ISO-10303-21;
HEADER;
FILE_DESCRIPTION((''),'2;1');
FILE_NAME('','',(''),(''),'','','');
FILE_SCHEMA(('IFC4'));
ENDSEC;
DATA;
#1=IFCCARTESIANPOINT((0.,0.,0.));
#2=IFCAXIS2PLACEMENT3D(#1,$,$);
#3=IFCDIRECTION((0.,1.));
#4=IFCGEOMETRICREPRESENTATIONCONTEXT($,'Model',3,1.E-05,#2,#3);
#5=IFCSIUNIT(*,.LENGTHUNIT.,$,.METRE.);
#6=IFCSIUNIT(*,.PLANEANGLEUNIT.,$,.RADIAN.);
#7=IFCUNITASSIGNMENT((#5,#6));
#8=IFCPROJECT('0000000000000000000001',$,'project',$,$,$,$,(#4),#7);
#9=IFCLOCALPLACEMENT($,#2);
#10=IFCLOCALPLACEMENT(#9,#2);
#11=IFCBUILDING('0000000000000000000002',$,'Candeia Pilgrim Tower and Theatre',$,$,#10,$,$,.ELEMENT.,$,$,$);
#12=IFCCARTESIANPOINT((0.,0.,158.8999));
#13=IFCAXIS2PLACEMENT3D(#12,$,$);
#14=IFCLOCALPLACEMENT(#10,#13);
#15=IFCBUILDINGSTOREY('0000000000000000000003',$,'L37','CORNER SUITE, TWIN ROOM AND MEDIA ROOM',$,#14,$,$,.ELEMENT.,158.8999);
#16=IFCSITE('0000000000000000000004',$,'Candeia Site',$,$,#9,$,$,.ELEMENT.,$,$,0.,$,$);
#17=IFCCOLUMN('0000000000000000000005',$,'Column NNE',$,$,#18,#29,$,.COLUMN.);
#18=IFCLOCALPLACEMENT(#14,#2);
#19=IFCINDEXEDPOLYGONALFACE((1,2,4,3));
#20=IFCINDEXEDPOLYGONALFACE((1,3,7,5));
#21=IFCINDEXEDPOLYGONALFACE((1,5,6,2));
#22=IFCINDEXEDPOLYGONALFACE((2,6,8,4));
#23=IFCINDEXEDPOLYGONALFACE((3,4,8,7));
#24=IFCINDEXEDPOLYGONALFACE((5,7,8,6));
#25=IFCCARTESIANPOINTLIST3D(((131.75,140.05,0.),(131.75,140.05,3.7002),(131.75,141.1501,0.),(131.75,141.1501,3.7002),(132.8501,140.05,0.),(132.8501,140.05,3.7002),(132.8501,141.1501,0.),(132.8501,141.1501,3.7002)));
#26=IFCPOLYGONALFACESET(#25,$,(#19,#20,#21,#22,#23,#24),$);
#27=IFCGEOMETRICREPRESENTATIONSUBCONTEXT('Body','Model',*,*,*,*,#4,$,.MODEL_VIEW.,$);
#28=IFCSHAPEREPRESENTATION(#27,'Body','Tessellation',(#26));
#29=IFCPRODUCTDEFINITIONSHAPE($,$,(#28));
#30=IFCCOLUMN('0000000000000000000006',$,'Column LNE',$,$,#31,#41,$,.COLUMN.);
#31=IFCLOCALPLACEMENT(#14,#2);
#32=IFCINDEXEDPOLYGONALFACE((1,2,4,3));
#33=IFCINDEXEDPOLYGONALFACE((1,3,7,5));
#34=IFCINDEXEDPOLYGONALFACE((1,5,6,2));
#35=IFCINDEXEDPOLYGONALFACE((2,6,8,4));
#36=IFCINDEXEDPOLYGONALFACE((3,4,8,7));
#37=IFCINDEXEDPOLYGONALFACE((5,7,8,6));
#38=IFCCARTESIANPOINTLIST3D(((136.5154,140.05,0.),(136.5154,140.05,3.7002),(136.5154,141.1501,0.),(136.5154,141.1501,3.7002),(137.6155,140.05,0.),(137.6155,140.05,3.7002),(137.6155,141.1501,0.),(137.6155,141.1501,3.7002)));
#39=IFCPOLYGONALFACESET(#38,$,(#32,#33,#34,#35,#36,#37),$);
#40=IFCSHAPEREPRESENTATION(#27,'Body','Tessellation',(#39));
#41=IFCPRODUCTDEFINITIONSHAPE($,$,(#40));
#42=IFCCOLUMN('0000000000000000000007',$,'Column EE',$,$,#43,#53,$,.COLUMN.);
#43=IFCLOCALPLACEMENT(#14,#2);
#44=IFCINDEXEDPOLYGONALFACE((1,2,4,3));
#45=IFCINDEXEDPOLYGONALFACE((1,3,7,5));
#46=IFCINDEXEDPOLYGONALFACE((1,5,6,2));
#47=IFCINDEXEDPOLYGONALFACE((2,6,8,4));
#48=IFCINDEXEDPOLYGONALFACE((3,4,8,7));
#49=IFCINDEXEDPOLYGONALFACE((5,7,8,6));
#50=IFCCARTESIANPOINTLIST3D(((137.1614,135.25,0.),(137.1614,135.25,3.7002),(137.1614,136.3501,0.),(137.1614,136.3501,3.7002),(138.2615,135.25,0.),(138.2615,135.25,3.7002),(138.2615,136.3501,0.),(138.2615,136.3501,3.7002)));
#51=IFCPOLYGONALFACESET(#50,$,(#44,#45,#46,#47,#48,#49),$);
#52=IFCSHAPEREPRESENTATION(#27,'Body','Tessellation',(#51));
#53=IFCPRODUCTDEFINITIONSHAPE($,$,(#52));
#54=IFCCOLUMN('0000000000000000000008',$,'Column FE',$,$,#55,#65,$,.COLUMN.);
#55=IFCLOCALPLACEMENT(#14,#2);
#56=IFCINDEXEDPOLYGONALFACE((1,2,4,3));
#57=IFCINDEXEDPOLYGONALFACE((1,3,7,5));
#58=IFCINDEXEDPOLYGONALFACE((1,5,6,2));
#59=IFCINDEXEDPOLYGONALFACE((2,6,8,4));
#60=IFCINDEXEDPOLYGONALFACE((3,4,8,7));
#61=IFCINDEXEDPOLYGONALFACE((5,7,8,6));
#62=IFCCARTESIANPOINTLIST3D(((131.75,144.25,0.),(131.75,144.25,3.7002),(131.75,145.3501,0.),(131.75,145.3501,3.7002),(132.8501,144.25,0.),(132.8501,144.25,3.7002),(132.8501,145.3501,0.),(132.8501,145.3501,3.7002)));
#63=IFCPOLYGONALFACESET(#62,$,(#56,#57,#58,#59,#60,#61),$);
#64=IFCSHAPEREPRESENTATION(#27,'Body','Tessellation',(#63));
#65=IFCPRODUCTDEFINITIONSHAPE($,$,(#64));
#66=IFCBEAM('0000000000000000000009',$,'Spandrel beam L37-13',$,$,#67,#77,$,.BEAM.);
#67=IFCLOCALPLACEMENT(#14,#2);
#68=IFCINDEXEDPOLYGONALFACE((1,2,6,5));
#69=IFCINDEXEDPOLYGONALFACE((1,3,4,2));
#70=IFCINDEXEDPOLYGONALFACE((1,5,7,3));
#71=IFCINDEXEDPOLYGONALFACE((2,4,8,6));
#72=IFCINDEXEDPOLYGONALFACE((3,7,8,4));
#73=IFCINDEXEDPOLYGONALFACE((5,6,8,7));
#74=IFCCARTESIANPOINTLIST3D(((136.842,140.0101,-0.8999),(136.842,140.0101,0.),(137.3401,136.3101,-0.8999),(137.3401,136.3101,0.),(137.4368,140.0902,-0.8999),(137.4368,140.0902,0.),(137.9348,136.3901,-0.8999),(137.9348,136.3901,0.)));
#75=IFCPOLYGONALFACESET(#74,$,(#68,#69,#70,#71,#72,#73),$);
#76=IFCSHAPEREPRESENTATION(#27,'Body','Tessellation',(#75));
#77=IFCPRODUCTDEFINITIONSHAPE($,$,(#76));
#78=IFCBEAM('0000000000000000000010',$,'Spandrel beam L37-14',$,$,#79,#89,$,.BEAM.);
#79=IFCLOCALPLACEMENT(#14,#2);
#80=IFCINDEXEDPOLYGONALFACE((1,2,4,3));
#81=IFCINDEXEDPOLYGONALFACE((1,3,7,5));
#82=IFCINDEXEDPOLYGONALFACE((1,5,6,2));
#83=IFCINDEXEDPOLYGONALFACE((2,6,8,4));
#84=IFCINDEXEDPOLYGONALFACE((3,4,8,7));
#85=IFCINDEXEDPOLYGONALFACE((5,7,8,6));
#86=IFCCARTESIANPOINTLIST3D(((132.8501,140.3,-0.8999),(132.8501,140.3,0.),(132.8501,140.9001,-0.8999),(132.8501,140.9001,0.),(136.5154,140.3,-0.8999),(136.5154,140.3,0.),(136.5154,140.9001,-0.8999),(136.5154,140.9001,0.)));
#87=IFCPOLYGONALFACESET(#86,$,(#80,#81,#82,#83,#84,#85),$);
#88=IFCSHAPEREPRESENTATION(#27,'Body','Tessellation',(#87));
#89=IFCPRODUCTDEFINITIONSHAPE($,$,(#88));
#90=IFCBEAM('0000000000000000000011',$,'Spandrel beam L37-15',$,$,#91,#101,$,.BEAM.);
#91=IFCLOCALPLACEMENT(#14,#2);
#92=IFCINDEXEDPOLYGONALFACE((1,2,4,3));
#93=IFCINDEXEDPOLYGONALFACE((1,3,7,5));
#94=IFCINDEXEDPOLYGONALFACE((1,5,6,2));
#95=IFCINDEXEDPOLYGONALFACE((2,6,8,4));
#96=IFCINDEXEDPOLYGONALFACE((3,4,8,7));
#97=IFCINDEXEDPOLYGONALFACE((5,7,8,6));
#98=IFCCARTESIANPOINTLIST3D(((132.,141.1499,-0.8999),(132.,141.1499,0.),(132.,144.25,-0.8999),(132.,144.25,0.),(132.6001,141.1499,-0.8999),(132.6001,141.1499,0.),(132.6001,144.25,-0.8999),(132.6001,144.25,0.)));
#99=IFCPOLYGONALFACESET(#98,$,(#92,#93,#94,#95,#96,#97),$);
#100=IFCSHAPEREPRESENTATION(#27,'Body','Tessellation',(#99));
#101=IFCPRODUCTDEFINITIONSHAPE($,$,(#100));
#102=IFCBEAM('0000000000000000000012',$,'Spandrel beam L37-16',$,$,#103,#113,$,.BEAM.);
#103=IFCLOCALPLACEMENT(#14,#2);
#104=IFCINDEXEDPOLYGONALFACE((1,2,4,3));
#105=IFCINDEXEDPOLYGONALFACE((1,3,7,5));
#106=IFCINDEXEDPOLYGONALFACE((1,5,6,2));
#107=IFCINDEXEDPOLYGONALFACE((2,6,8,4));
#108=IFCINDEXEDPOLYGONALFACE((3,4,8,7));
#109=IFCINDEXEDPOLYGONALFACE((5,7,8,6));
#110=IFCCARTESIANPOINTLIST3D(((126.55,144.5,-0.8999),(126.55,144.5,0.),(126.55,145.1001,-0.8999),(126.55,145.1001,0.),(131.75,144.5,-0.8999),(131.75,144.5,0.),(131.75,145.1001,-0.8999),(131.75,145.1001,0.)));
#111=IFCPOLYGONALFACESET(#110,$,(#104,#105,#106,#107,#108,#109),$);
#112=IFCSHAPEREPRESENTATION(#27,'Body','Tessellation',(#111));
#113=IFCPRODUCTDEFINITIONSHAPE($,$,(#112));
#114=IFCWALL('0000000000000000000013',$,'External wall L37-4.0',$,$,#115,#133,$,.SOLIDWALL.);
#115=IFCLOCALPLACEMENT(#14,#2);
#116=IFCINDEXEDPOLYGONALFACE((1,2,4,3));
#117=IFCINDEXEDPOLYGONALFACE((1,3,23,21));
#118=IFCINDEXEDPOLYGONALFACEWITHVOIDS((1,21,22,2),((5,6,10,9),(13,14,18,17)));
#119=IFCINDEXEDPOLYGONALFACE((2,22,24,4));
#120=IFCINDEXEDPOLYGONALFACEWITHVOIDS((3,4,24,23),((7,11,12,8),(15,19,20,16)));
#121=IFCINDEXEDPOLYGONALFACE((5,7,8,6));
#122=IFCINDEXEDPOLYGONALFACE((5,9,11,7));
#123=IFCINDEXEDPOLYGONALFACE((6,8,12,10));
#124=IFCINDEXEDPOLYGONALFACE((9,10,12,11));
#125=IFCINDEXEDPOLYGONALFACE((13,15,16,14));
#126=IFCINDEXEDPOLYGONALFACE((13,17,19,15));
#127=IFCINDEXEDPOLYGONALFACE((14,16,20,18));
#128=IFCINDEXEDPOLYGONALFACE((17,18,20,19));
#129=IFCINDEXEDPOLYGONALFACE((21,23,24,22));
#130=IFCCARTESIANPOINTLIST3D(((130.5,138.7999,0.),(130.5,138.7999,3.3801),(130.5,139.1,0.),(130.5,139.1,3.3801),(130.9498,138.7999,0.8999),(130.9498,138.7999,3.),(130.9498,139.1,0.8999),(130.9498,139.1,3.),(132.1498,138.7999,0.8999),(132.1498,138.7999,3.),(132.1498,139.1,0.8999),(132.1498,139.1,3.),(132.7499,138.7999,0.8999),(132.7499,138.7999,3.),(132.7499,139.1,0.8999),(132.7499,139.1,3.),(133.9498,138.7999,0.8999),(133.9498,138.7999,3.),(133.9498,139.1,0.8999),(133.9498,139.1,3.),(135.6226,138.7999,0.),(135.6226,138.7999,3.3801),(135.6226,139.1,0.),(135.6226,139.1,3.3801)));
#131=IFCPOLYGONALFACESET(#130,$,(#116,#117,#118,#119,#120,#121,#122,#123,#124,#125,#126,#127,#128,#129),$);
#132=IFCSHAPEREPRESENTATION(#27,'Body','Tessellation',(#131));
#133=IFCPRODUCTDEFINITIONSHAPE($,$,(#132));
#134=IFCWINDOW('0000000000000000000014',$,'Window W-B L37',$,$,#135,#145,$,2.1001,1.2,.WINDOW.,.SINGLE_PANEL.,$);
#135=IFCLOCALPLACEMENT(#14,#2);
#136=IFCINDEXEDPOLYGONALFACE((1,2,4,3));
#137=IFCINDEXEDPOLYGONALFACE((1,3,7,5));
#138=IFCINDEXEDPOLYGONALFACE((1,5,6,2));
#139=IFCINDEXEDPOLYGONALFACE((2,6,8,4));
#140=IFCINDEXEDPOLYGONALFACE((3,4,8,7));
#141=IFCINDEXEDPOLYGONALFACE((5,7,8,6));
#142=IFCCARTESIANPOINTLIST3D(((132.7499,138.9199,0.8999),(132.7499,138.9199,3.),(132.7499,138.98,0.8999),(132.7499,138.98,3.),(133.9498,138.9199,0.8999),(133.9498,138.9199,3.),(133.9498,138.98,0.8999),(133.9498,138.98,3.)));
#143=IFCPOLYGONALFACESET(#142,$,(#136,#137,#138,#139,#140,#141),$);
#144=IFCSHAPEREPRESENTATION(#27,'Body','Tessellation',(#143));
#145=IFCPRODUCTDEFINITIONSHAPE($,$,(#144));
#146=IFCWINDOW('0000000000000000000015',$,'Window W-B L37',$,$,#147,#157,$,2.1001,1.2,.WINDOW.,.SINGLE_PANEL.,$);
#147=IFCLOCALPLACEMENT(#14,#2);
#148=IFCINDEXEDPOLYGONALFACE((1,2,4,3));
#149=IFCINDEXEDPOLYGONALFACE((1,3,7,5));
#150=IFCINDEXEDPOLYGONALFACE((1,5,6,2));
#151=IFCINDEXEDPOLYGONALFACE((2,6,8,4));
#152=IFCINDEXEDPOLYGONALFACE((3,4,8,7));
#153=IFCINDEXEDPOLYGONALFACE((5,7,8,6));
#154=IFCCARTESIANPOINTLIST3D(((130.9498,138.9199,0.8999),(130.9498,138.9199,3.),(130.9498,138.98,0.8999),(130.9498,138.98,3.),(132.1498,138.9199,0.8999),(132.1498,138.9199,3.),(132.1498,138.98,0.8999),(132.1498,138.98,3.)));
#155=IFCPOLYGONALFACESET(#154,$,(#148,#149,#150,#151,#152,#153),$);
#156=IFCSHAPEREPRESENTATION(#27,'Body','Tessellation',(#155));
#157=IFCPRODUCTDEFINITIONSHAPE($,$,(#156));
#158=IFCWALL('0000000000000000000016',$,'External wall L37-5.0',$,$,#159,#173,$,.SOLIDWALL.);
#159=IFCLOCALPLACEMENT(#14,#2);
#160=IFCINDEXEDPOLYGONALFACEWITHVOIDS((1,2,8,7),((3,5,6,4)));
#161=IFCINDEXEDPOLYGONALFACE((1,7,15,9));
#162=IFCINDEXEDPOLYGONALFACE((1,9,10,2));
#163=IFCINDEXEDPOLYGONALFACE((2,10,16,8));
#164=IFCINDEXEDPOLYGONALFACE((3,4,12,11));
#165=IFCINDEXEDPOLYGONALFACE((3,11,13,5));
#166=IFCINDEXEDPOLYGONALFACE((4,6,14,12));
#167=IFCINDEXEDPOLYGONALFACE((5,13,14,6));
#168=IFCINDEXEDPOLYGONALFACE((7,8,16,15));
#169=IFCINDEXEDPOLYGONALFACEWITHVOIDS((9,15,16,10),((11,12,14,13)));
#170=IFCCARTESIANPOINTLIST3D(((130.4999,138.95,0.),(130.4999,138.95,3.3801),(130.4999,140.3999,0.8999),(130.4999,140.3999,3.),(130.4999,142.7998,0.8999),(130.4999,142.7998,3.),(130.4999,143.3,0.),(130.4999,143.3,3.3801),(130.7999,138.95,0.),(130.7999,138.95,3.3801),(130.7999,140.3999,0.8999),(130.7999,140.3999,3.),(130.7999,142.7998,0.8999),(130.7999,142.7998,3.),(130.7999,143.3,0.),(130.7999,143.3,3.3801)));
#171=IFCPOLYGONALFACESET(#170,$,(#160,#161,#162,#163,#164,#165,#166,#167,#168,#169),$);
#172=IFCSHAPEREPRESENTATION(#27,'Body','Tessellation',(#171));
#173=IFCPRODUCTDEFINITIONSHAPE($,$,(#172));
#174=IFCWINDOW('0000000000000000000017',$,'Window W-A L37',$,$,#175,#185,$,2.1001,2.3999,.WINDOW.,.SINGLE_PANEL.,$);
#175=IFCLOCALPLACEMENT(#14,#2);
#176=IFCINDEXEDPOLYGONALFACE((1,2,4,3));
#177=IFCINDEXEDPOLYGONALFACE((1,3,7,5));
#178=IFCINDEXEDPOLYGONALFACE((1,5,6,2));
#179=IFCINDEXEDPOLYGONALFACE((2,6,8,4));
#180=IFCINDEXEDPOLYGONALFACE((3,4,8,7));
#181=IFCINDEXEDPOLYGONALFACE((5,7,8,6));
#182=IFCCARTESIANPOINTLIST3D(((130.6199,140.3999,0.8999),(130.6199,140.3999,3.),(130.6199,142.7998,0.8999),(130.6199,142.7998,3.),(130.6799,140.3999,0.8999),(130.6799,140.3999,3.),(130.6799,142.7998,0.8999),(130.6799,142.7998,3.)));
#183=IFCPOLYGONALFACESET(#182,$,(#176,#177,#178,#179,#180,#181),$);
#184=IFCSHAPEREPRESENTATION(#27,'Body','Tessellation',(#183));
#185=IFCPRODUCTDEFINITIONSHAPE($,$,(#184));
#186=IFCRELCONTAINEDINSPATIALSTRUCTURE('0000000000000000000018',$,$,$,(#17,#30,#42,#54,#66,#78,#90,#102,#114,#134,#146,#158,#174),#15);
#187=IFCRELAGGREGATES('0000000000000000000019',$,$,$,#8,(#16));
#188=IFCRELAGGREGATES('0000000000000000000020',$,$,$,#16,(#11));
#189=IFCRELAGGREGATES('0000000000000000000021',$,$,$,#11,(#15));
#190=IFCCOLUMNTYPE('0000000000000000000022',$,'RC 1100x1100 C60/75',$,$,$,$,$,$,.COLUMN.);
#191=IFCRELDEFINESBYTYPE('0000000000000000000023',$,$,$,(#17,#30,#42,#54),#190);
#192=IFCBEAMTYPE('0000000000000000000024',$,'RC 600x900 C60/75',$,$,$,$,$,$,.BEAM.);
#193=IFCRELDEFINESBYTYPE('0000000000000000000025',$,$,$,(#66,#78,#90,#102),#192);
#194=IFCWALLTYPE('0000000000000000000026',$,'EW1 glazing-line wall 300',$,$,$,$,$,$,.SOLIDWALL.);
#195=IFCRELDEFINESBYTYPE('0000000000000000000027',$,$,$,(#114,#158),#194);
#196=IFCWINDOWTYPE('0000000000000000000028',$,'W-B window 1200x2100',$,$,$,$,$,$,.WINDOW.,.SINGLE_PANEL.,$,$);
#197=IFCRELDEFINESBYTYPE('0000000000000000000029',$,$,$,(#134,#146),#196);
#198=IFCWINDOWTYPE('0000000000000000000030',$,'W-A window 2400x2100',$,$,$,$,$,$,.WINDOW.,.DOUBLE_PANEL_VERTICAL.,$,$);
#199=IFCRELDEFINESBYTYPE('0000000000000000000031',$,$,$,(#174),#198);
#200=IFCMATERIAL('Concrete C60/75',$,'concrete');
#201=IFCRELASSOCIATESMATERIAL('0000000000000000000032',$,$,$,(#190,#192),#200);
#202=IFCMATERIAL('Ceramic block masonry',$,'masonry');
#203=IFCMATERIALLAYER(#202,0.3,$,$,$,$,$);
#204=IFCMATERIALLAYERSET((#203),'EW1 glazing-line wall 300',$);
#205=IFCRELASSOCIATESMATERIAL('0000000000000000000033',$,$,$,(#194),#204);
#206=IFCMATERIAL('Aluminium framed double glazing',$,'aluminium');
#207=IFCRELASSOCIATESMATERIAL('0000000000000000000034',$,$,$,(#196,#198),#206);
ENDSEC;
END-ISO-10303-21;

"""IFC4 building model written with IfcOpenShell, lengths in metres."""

from ifc_helpers import new_model, si_unit, direction, frame, frame_2d, origin, origin_2d, place, context, subcontext, project, spatial, rectangle, extrude, material, layer, layer_set, material_profile, profile_set, type_object, element, fill, save


model = new_model("IFC4")

# Units and contexts
model_context = context("Model", 3, precision=1e-05, world=origin(), true_north=direction((0.0, 1.0)))
body_context = subcontext(model_context, "Body", "Model", "MODEL_VIEW")
ifc_project = project(units=[si_unit("LENGTHUNIT", "METRE"), si_unit("PLANEANGLEUNIT", "RADIAN")], contexts=[model_context])

# Site, building, storey
site_placement = place(None, origin())
site = spatial("IfcSite", under=ifc_project, at=site_placement, Name="Candeia Site", CompositionType="ELEMENT", RefElevation=0.0)
building_placement = place(site_placement, origin())
building = spatial("IfcBuilding", under=site, at=building_placement, Name="Candeia Pilgrim Tower and Theatre", CompositionType="ELEMENT")
storey_placement = place(building_placement, frame((0.0, 0.0, 158.8999)))
storey = spatial("IfcBuildingStorey", under=building, at=storey_placement, Name="L37", Description="CORNER SUITE, TWIN ROOM AND MEDIA ROOM", CompositionType="ELEMENT", Elevation=158.8999)

# Columns
ifc_material_1 = material(Name="Concrete C60/75", Category="concrete")
ifc_material_profile_1 = material_profile(ifc_material_1, rectangle(XDim=1.1001, YDim=1.1001, at=origin_2d()))
ifc_profile_set_1 = profile_set([ifc_material_profile_1], Name="Concrete C60/75")
column_type = type_object("IfcColumnType", Name="RC 1100x1100 C60/75", PredefinedType="COLUMN", material=ifc_profile_set_1)
for number, where, z_axis, x_axis, name in (
    (1, (132.3, 140.6001, 0.0), (0.0, 0.0, 1.0), (1.0, 0.0, 0.0), "Column NNE"),
    (2, (137.0654, 140.6001, 0.0), (0.0, 0.0, 1.0), (1.0, 0.0, 0.0), "Column LNE"),
    (3, (137.7114, 135.8, 0.0), (0.0, 0.0, 1.0), (1.0, 0.0, 0.0), "Column EE"),
    (4, (132.3, 144.8, 0.0), (0.0, 0.0, 1.0), (1.0, 0.0, 0.0), "Column FE"),
):
    element("IfcColumn", number, at=place(storey_placement, frame(where, z_axis=z_axis, x_axis=x_axis)), inside=storey, type_object=column_type, Name=name, PredefinedType="COLUMN", context=body_context, shape_type="SweptSolid", body=[
        extrude(rectangle(XDim=1.1001, YDim=1.1001, at=origin_2d()), origin(), (0.0, 0.0, 1.0), 3.7002),
    ])

# Beams
ifc_material_profile_2 = material_profile(ifc_material_1, rectangle(XDim=0.6001, YDim=0.8999, at=origin_2d()))
ifc_profile_set_2 = profile_set([ifc_material_profile_2], Name="Concrete C60/75")
beam_type = type_object("IfcBeamType", Name="RC 600x900 C60/75", PredefinedType="BEAM", material=ifc_profile_set_2)
beam_1_placement = place(storey_placement, frame((137.6375, 136.3501, -0.45), z_axis=(-0.133406, 0.991061, 0.0), x_axis=(-0.991061, -0.133406, 0.0)))
element("IfcBeam", 5, at=beam_1_placement, inside=storey, type_object=beam_type, Name="Spandrel beam L37-13", PredefinedType="BEAM", context=body_context, shape_type="SweptSolid", body=[
    extrude(rectangle(XDim=0.6001, YDim=0.8999, at=origin_2d()), origin(), (0.0, 0.0, 1.0), 3.7334),
])
beam_2_placement = place(storey_placement, frame((136.5154, 140.6001, -0.45), z_axis=(-1.0, 0.0, 0.0), x_axis=(0.0, -1.0, 0.0)))
element("IfcBeam", 6, at=beam_2_placement, inside=storey, type_object=beam_type, Name="Spandrel beam L37-14", PredefinedType="BEAM", context=body_context, shape_type="SweptSolid", body=[
    extrude(rectangle(XDim=0.6001, YDim=0.8999, at=origin_2d()), origin(), (0.0, 0.0, 1.0), 3.6653),
])
beam_3_placement = place(storey_placement, frame((132.3, 141.1499, -0.45), z_axis=(0.0, 1.0, 0.0), x_axis=(-1.0, 0.0, 0.0)))
element("IfcBeam", 7, at=beam_3_placement, inside=storey, type_object=beam_type, Name="Spandrel beam L37-15", PredefinedType="BEAM", context=body_context, shape_type="SweptSolid", body=[
    extrude(rectangle(XDim=0.6001, YDim=0.8999, at=origin_2d()), origin(), (0.0, 0.0, 1.0), 3.1001),
])
beam_4_placement = place(storey_placement, frame((131.75, 144.8, -0.45), z_axis=(-1.0, 0.0, 0.0), x_axis=(0.0, -1.0, 0.0)))
element("IfcBeam", 8, at=beam_4_placement, inside=storey, type_object=beam_type, Name="Spandrel beam L37-16", PredefinedType="BEAM", context=body_context, shape_type="SweptSolid", body=[
    extrude(rectangle(XDim=0.6001, YDim=0.8999, at=origin_2d()), origin(), (0.0, 0.0, 1.0), 5.2),
])

# Wall, openings, windows
ifc_material_2 = material(Name="Ceramic block masonry", Category="masonry")
ifc_layer_1 = layer(ifc_material_2, 0.3)
ifc_layer_set_1 = layer_set([ifc_layer_1], Name="EW1 glazing-line wall 300")
wall_type_1 = type_object("IfcWallType", Name="EW1 glazing-line wall 300", PredefinedType="SOLIDWALL", material=ifc_layer_set_1)
wall_1_placement = place(storey_placement, frame((135.6226, 138.95, 0.0), z_axis=(0.0, 0.0, 1.0), x_axis=(-1.0, 0.0, 0.0)))
wall_1 = element("IfcWall", 9, at=wall_1_placement, inside=storey, type_object=wall_type_1, Name="External wall L37-4.0", PredefinedType="SOLIDWALL", context=body_context, shape_type="SweptSolid", body=[
    extrude(rectangle(XDim=5.1226, YDim=0.3, at=frame_2d((2.5613, 0.0))), origin(), (0.0, 0.0, 1.0), 3.3801),
])
opening_1_placement = place(wall_1_placement, frame((1.6726, 0.0, 0.8999)))
opening_1 = element("IfcOpeningElement", 10, at=opening_1_placement, cuts=wall_1, PredefinedType="OPENING", context=body_context, shape_type="SweptSolid", body=[
    extrude(rectangle(XDim=1.2, YDim=2.1001, at=frame_2d((0.6001, 1.05))), frame((0.0, 0.1602, 0.0), z_axis=(0.0, -1.0, 0.0), x_axis=(1.0, 0.0, 0.0)), (0.0, 0.0, 1.0), 0.3201),
])
opening_2_placement = place(wall_1_placement, frame((3.4727, 0.0, 0.8999)))
opening_2 = element("IfcOpeningElement", 11, at=opening_2_placement, cuts=wall_1, PredefinedType="OPENING", context=body_context, shape_type="SweptSolid", body=[
    extrude(rectangle(XDim=1.2, YDim=2.1001, at=frame_2d((0.6001, 1.05))), frame((0.0, 0.1602, 0.0), z_axis=(0.0, -1.0, 0.0), x_axis=(1.0, 0.0, 0.0)), (0.0, 0.0, 1.0), 0.3201),
])
ifc_material_3 = material(Name="Aluminium framed double glazing", Category="aluminium")
window_type_1 = type_object("IfcWindowType", Name="W-B window 1200x2100", PartitioningType="SINGLE_PANEL", PredefinedType="WINDOW", material=ifc_material_3)
window_1_placement = place(opening_1_placement, origin())
window_1 = element("IfcWindow", 12, at=window_1_placement, inside=storey, type_object=window_type_1, Name="Window W-B L37", OverallHeight=2.1001, OverallWidth=1.2, PartitioningType="SINGLE_PANEL", PredefinedType="WINDOW", context=body_context, shape_type="SweptSolid", body=[
    extrude(rectangle(XDim=1.2, YDim=2.1001, at=frame_2d((0.6001, 1.05))), frame((0.0, 0.03, 0.0), z_axis=(0.0, -1.0, 0.0), x_axis=(1.0, 0.0, 0.0)), (0.0, 0.0, 1.0), 0.0601),
])
fill(opening_1, window_1)
window_2_placement = place(opening_2_placement, origin())
window_2 = element("IfcWindow", 13, at=window_2_placement, inside=storey, type_object=window_type_1, Name="Window W-B L37", OverallHeight=2.1001, OverallWidth=1.2, PartitioningType="SINGLE_PANEL", PredefinedType="WINDOW", context=body_context, shape_type="SweptSolid", body=[
    extrude(rectangle(XDim=1.2, YDim=2.1001, at=frame_2d((0.6001, 1.05))), frame((0.0, 0.03, 0.0), z_axis=(0.0, -1.0, 0.0), x_axis=(1.0, 0.0, 0.0)), (0.0, 0.0, 1.0), 0.0601),
])
fill(opening_2, window_2)

# Wall, opening, window
wall_2_placement = place(storey_placement, frame((130.6499, 138.95, 0.0), z_axis=(0.0, 0.0, 1.0), x_axis=(0.0, 1.0, 0.0)))
wall_2 = element("IfcWall", 14, at=wall_2_placement, inside=storey, type_object=wall_type_1, Name="External wall L37-5.0", PredefinedType="SOLIDWALL", context=body_context, shape_type="SweptSolid", body=[
    extrude(rectangle(XDim=4.3501, YDim=0.3, at=frame_2d((2.175, 0.0))), origin(), (0.0, 0.0, 1.0), 3.3801),
])
opening_3_placement = place(wall_2_placement, frame((1.45, 0.0, 0.8999)))
opening_3 = element("IfcOpeningElement", 15, at=opening_3_placement, cuts=wall_2, PredefinedType="OPENING", context=body_context, shape_type="SweptSolid", body=[
    extrude(rectangle(XDim=2.3999, YDim=2.1001, at=frame_2d((1.2, 1.05))), frame((0.0, 0.1602, 0.0), z_axis=(0.0, -1.0, 0.0), x_axis=(1.0, 0.0, 0.0)), (0.0, 0.0, 1.0), 0.3201),
])
window_type_2 = type_object("IfcWindowType", Name="W-A window 2400x2100", PartitioningType="DOUBLE_PANEL_VERTICAL", PredefinedType="WINDOW", material=ifc_material_3)
window_3_placement = place(opening_3_placement, origin())
window_3 = element("IfcWindow", 16, at=window_3_placement, inside=storey, type_object=window_type_2, Name="Window W-A L37", OverallHeight=2.1001, OverallWidth=2.3999, PartitioningType="SINGLE_PANEL", PredefinedType="WINDOW", context=body_context, shape_type="SweptSolid", body=[
    extrude(rectangle(XDim=2.3999, YDim=2.1001, at=frame_2d((1.2, 1.05))), frame((0.0, 0.03, 0.0), z_axis=(0.0, -1.0, 0.0), x_axis=(1.0, 0.0, 0.0)), (0.0, 0.0, 1.0), 0.0601),
])
fill(opening_3, window_3)

save(model, "model.ifc")
